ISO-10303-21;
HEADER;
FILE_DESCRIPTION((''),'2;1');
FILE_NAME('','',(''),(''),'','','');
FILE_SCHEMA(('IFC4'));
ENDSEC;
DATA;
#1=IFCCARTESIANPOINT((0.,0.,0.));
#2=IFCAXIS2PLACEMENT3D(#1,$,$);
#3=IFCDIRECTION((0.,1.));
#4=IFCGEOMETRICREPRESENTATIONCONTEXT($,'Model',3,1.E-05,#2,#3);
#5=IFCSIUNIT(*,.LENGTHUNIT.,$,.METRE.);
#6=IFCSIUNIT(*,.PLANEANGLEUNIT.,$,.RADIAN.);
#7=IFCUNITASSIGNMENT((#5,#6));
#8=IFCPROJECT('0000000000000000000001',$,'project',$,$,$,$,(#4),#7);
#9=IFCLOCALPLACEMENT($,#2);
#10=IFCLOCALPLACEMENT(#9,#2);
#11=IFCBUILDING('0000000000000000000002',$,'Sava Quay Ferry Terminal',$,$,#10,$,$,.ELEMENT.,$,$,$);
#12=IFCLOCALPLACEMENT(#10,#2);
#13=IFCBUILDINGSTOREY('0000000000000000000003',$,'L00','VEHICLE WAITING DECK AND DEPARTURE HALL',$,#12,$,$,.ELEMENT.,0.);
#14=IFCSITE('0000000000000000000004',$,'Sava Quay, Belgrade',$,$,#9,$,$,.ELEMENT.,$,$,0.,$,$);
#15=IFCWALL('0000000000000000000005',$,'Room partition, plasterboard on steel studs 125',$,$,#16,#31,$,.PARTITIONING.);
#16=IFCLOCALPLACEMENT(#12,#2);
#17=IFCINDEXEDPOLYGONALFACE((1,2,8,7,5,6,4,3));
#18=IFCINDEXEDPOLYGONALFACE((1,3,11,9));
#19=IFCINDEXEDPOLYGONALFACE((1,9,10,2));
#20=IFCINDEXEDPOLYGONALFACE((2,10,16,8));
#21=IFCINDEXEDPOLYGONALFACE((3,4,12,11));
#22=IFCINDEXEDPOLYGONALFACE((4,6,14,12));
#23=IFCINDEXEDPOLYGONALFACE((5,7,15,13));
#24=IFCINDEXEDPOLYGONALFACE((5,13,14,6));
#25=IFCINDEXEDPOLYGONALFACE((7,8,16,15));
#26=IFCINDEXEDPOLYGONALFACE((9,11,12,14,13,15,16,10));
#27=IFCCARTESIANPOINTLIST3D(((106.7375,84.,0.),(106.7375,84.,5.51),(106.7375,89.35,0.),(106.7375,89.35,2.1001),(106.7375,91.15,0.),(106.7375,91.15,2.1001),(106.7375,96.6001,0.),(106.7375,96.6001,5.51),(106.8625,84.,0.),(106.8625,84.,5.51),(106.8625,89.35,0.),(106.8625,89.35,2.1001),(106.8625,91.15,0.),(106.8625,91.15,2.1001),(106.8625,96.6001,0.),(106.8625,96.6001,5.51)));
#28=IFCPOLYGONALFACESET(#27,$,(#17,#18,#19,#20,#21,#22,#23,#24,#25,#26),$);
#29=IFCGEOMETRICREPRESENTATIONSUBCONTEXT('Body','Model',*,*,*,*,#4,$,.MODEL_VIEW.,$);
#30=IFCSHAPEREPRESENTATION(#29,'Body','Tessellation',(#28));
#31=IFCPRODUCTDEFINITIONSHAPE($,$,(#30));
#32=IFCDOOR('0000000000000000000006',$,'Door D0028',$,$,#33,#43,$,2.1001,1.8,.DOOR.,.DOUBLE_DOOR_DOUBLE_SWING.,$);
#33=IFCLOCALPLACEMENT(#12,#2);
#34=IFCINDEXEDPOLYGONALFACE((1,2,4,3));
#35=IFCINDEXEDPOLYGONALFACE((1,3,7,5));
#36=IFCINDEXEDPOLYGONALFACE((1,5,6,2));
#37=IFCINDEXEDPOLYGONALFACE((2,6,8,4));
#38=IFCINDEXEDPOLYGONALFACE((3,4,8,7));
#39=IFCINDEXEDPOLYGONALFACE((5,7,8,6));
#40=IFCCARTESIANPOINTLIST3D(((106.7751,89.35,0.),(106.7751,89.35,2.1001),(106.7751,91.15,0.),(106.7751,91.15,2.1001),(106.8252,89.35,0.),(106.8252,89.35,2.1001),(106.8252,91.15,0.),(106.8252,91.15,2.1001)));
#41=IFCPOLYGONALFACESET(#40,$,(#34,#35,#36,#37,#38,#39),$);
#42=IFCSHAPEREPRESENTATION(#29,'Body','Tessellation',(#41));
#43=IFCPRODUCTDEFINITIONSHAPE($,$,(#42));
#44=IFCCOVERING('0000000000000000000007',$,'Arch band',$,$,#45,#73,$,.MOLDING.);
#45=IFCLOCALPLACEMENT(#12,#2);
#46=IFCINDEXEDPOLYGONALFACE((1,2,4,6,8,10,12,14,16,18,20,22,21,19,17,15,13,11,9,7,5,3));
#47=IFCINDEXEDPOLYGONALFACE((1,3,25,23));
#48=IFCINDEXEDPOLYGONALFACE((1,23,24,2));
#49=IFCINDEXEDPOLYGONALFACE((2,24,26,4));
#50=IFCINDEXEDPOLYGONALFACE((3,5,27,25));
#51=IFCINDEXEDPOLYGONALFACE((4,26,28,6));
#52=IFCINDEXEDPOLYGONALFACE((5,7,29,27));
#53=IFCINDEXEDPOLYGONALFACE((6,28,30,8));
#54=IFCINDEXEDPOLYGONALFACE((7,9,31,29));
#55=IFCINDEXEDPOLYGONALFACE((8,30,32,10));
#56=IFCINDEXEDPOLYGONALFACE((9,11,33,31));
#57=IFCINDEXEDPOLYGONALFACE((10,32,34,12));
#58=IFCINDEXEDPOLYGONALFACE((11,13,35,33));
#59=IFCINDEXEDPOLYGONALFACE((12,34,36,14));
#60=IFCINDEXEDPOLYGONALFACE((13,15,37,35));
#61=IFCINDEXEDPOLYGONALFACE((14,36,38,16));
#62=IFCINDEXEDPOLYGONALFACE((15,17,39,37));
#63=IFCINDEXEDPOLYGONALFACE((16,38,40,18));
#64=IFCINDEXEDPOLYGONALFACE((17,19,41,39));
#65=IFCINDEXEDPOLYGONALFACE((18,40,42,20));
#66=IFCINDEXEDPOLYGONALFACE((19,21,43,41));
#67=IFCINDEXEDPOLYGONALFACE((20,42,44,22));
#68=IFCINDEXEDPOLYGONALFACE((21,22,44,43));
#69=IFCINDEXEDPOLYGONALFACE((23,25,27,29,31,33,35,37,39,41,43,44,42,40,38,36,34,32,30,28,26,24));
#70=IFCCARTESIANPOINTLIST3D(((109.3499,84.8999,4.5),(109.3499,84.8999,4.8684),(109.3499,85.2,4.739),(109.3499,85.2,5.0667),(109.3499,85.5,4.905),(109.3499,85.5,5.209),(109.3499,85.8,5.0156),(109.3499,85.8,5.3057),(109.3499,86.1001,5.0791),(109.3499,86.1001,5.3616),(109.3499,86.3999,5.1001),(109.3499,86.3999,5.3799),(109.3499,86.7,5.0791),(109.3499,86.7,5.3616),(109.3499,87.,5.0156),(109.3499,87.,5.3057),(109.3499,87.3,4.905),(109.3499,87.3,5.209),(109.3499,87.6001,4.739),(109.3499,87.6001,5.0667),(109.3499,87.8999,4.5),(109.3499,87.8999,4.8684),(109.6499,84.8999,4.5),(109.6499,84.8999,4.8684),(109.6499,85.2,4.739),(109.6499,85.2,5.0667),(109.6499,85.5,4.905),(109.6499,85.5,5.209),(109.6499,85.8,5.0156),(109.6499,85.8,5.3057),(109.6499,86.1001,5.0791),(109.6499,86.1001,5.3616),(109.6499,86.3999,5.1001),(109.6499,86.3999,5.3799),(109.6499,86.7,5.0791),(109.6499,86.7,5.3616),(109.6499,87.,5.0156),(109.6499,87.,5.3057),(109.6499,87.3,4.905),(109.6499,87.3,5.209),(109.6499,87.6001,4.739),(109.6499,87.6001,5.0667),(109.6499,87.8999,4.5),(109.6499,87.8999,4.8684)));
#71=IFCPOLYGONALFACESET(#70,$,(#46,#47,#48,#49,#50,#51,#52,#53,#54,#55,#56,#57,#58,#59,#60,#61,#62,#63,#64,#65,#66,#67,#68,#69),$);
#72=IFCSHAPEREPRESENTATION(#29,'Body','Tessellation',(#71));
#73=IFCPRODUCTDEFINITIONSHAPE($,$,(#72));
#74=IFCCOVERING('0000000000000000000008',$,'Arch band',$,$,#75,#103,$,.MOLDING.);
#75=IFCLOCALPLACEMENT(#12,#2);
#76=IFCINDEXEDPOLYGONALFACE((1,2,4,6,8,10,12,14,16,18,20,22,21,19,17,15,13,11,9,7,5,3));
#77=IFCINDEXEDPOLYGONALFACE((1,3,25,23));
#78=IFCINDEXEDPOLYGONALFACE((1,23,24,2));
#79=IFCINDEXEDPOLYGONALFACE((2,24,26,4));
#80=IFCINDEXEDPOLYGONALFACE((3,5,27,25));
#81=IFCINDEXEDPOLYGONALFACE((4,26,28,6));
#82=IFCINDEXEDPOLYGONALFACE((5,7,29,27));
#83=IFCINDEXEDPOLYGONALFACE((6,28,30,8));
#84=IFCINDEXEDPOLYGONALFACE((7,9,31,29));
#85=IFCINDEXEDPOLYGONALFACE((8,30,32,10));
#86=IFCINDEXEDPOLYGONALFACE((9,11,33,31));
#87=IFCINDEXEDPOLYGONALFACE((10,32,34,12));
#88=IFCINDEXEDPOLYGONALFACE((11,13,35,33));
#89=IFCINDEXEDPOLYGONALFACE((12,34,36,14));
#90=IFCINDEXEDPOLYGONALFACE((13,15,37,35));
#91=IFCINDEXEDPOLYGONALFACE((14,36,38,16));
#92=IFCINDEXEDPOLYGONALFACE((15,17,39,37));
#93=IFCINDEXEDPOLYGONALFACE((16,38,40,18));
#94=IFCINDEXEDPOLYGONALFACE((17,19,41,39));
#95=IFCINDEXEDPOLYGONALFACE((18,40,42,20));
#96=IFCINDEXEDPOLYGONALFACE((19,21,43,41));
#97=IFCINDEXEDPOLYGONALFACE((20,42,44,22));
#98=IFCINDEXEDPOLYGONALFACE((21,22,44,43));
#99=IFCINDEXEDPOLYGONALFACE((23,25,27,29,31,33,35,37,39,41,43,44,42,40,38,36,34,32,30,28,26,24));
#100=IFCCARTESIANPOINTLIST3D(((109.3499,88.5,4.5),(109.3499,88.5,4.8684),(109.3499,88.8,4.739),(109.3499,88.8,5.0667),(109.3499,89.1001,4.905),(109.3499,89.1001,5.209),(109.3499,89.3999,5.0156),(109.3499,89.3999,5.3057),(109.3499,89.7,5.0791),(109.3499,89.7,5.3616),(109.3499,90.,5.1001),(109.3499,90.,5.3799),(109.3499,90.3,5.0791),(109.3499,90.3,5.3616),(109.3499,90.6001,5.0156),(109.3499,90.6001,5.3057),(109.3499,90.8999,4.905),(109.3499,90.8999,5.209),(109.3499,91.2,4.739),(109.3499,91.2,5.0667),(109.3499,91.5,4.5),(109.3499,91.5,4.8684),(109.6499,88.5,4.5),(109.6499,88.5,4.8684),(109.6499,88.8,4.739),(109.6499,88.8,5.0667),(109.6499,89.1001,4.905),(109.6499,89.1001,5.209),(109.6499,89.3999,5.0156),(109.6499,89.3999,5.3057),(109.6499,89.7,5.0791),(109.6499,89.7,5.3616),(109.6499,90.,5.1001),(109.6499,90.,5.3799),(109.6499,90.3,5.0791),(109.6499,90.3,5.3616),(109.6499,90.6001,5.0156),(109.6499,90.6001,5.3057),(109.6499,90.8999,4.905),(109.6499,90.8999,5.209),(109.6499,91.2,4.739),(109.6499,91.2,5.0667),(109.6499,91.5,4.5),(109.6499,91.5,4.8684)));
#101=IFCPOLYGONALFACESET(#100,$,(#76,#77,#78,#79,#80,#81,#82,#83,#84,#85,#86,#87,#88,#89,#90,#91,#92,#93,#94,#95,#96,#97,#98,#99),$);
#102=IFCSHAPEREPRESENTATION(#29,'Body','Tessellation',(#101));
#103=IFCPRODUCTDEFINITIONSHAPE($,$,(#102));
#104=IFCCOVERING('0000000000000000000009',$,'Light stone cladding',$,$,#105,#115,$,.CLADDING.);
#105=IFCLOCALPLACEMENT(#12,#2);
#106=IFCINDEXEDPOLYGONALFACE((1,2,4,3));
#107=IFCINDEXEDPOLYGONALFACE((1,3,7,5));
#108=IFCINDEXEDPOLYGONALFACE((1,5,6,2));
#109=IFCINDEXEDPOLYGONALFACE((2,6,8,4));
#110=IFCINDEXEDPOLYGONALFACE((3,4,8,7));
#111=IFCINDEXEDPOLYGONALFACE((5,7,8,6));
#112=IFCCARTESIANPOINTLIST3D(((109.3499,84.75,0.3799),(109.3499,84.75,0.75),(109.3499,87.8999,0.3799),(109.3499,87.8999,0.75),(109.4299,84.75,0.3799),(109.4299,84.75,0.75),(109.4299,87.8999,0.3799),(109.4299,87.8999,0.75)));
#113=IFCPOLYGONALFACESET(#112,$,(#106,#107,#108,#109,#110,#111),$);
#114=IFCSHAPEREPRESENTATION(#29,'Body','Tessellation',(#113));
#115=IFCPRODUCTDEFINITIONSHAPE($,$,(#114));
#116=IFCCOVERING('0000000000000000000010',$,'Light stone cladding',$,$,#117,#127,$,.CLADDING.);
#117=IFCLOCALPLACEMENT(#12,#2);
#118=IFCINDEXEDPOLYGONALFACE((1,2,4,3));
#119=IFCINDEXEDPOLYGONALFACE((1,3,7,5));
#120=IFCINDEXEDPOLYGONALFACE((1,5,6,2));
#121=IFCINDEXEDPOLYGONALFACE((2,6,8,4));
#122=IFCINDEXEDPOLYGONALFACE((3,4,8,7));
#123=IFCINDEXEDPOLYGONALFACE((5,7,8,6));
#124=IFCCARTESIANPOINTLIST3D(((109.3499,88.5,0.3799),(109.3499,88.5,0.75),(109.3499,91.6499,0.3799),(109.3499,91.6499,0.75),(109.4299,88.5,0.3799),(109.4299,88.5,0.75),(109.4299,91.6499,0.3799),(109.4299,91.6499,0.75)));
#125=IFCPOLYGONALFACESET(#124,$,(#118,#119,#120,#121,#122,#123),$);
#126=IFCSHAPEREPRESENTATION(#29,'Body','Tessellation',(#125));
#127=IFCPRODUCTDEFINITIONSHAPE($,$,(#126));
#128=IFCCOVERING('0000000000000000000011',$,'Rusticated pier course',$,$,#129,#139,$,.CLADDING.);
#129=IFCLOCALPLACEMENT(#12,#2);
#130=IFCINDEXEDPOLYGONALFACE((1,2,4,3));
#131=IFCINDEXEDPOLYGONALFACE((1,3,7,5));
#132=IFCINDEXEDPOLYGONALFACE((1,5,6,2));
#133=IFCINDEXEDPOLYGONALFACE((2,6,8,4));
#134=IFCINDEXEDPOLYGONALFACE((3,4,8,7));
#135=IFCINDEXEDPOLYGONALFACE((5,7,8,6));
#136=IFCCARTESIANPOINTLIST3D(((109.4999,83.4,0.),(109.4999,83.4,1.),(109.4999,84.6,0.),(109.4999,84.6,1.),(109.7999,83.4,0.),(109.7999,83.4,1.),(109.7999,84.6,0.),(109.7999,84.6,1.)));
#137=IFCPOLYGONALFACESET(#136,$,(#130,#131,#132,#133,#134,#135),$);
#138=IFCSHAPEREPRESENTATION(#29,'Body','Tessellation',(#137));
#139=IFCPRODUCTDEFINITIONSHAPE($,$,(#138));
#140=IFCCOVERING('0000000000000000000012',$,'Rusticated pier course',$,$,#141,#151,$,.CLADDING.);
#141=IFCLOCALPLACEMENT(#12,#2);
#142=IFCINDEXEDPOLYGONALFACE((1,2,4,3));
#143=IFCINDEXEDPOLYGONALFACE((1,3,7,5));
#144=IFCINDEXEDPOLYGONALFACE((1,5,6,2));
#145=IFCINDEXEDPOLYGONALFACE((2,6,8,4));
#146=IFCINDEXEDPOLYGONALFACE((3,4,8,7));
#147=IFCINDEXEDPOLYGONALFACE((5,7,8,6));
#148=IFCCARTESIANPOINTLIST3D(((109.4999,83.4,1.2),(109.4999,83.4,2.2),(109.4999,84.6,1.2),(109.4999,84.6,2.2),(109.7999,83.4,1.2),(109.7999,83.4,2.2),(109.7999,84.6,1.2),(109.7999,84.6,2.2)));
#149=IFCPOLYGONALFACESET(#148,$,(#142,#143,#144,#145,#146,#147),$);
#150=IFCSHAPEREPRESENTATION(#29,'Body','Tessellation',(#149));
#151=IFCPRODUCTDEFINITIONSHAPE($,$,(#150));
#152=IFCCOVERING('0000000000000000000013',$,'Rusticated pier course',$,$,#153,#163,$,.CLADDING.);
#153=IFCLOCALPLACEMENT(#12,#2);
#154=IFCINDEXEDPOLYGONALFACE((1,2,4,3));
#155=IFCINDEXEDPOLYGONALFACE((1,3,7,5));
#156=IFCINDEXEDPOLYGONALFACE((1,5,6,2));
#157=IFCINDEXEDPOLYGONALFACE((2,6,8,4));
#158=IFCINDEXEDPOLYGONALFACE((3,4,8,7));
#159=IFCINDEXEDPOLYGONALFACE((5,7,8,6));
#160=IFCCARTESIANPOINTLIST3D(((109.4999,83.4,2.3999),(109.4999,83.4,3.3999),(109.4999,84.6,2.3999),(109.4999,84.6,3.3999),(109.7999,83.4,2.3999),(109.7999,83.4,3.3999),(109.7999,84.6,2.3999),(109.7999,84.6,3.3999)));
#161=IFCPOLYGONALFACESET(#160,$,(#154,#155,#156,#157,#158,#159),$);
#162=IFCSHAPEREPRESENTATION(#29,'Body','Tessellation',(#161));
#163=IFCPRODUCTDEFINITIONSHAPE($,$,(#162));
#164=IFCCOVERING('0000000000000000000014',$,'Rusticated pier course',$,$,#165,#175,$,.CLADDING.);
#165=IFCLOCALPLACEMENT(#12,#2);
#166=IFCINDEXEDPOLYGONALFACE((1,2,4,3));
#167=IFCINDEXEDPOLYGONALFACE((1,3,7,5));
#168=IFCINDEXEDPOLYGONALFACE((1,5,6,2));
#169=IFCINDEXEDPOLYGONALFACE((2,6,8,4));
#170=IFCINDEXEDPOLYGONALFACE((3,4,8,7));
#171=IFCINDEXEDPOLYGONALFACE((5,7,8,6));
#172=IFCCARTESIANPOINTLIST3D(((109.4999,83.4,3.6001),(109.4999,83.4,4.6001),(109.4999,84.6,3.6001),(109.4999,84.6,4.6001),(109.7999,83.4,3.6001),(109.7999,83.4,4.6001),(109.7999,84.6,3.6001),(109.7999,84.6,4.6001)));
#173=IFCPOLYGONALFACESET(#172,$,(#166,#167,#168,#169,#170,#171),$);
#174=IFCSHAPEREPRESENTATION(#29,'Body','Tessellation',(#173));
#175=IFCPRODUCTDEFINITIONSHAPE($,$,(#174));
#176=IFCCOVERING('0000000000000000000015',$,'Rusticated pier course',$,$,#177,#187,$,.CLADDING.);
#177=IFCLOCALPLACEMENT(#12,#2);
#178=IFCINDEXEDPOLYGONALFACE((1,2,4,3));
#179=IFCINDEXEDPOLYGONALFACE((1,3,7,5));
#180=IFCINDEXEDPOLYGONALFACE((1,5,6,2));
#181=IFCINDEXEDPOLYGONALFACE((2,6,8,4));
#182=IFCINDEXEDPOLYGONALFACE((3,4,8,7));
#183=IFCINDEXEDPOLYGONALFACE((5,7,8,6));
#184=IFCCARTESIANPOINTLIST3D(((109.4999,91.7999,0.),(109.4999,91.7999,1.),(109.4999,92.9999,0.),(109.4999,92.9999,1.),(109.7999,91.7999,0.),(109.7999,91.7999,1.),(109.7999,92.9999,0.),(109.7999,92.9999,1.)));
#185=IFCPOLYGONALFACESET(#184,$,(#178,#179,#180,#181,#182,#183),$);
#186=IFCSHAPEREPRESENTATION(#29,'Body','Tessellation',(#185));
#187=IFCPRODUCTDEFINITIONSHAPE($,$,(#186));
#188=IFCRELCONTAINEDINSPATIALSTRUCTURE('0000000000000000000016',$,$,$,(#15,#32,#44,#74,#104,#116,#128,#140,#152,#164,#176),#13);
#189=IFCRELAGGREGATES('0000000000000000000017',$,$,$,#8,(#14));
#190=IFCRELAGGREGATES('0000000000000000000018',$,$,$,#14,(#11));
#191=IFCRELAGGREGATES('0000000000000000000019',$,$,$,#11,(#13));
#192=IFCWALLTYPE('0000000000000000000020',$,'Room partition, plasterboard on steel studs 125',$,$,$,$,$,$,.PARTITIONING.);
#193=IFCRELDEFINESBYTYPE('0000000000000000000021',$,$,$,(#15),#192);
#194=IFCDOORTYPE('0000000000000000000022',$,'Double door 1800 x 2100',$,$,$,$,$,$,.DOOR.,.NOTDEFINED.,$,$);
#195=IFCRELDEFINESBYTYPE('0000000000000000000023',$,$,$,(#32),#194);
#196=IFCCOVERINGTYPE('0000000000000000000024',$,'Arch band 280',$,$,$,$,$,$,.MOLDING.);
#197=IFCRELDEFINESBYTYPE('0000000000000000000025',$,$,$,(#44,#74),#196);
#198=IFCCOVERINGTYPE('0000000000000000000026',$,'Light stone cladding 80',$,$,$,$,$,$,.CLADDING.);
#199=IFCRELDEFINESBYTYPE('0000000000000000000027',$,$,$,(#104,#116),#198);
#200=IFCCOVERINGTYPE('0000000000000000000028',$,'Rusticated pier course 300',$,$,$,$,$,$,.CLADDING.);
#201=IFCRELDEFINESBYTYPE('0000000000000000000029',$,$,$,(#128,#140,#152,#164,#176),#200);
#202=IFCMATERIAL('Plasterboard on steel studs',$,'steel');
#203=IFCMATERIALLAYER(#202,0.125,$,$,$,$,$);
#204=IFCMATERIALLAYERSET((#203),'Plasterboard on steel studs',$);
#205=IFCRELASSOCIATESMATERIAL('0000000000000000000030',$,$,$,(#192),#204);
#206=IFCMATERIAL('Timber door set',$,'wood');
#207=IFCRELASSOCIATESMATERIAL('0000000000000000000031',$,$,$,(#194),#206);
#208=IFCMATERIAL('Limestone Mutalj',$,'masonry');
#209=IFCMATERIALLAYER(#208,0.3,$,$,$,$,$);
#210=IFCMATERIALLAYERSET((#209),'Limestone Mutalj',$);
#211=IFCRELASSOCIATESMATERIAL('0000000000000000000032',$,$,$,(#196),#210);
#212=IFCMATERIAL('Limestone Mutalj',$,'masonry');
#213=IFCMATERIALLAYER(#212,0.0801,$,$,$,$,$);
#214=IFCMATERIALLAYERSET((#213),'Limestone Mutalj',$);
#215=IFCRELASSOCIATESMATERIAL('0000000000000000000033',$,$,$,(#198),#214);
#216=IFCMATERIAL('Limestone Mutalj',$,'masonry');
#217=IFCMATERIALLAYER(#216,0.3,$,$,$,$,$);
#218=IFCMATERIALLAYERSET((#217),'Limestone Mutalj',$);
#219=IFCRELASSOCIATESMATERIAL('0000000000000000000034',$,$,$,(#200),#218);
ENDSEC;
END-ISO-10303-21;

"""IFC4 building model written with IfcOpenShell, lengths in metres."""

from ifc_helpers import new_model, si_unit, direction, frame, frame_2d, origin, origin_2d, place, context, subcontext, project, spatial, polyline, rectangle, outline, extrude, material, layer, layer_set, type_object, element, fill, save


model = new_model("IFC4")

# Units and contexts
model_context = context("Model", 3, precision=1e-05, world=origin(), true_north=direction((0.0, 1.0)))
body_context = subcontext(model_context, "Body", "Model", "MODEL_VIEW")
ifc_project = project(units=[si_unit("LENGTHUNIT", "METRE"), si_unit("PLANEANGLEUNIT", "RADIAN")], contexts=[model_context])

# Site, building, storey
site_placement = place(None, origin())
site = spatial("IfcSite", under=ifc_project, at=site_placement, Name="Sava Quay, Belgrade", CompositionType="ELEMENT", RefElevation=0.0)
building_placement = place(site_placement, origin())
building = spatial("IfcBuilding", under=site, at=building_placement, Name="Sava Quay Ferry Terminal", CompositionType="ELEMENT")
storey_placement = place(building_placement, origin())
storey = spatial("IfcBuildingStorey", under=building, at=storey_placement, Name="L00", Description="VEHICLE WAITING DECK AND DEPARTURE HALL", CompositionType="ELEMENT", Elevation=0.0)

# Shared definitions
ifc_material_1 = material(Name="Plasterboard on steel studs", Category="steel")
ifc_layer_1 = layer(ifc_material_1, 0.125)
ifc_layer_set_1 = layer_set([ifc_layer_1], Name="Plasterboard on steel studs")
wall_type_1 = type_object("IfcWallType", Name="Room partition, plasterboard on steel studs 125", PredefinedType="PARTITIONING", material=ifc_layer_set_1)

# Wall, opening, door
wall_1_placement = place(storey_placement, frame((106.8, 84.0, 0.0), z_axis=(0.0, 0.0, 1.0), x_axis=(0.0, 1.0, 0.0)))
wall_1 = element("IfcWall", 1, at=wall_1_placement, inside=storey, type_object=wall_type_1, Name="Room partition, plasterboard on steel studs 125", PredefinedType="PARTITIONING", context=body_context, shape_type="SweptSolid", body=[
    extrude(rectangle(XDim=12.6001, YDim=0.125, at=frame_2d((6.3, 0.0))), origin(), (0.0, 0.0, 1.0), 5.51),
])
opening_1_placement = place(wall_1_placement, frame((5.3501, 0.0, 0.0)))
opening_1 = element("IfcOpeningElement", 2, at=opening_1_placement, cuts=wall_1, PredefinedType="OPENING", context=body_context, shape_type="SweptSolid", body=[
    extrude(rectangle(XDim=1.8, YDim=2.1001, at=frame_2d((0.8999, 1.05))), frame((0.0, 0.0625, 0.0), z_axis=(0.0, -1.0, 0.0), x_axis=(1.0, 0.0, 0.0)), (0.0, 0.0, 1.0), 0.125),
])
ifc_material_2 = material(Name="Timber door set", Category="wood")
door_type = type_object("IfcDoorType", Name="Double door 1800 x 2100", OperationType="NOTDEFINED", PredefinedType="DOOR", material=ifc_material_2)
door_placement = place(opening_1_placement, origin())
door = element("IfcDoor", 3, at=door_placement, inside=storey, type_object=door_type, Name="Door D0028", OperationType="DOUBLE_DOOR_DOUBLE_SWING", OverallHeight=2.1001, OverallWidth=1.8, PredefinedType="DOOR", context=body_context, shape_type="SweptSolid", body=[
    extrude(rectangle(XDim=1.8, YDim=2.1001, at=frame_2d((0.8999, 1.05))), frame((0.0, 0.0249, 0.0), z_axis=(0.0, -1.0, 0.0), x_axis=(1.0, 0.0, 0.0)), (0.0, 0.0, 1.0), 0.05),
])
fill(opening_1, door)

# Coverings
ifc_material_3 = material(Name="Limestone Mutalj", Category="masonry")
ifc_layer_2 = layer(ifc_material_3, 0.3)
ifc_layer_set_2 = layer_set([ifc_layer_2], Name="Limestone Mutalj")
covering_type_1 = type_object("IfcCoveringType", Name="Arch band 280", PredefinedType="MOLDING", material=ifc_layer_set_2)
covering_1_placement = place(storey_placement, frame((109.6499, 84.8999, 4.5), z_axis=(1.0, 0.0, 0.0), x_axis=(0.0, 0.782171, 0.623064)))
element("IfcCovering", 4, at=covering_1_placement, inside=storey, type_object=covering_type_1, Name="Arch band", PredefinedType="MOLDING", context=body_context, shape_type="SweptSolid", body=[
    extrude(outline(polyline([(0.0, 0.0), (0.3836, 0.0), (0.7217, -0.0571), (1.0253, -0.1575), (1.2996, -0.2948), (1.5472, -0.4652), (1.7688, -0.6686), (1.9639, -0.9052), (2.1297, -1.1786), (2.2609, -1.4954), (2.3465, -1.8692), (2.5761, -1.581), (2.4651, -1.2392), (2.3191, -0.9409), (2.1446, -0.6783), (1.9448, -0.4476), (1.7215, -0.2464), (1.4756, -0.0739), (1.206, 0.0693), (0.9111, 0.1806), (0.5877, 0.2563), (0.2295, 0.2882), (0.0, 0.0)])), origin(), (0.0, 0.0, -1.0), 0.3),
])
covering_2_placement = place(storey_placement, frame((109.6499, 88.5, 4.5), z_axis=(1.0, 0.0, 0.0), x_axis=(0.0, 0.782171, 0.623064)))
element("IfcCovering", 5, at=covering_2_placement, inside=storey, type_object=covering_type_1, Name="Arch band", PredefinedType="MOLDING", context=body_context, shape_type="SweptSolid", body=[
    extrude(outline(polyline([(0.0, 0.0), (0.3836, 0.0), (0.7217, -0.0571), (1.0251, -0.1574), (1.2994, -0.2947), (1.5472, -0.4652), (1.7688, -0.6686), (1.9639, -0.9052), (2.1295, -1.1785), (2.2607, -1.4953), (2.3465, -1.8692), (2.5761, -1.581), (2.4649, -1.239), (2.3189, -0.9407), (2.1446, -0.6783), (1.9448, -0.4476), (1.7215, -0.2464), (1.4754, -0.0737), (1.2059, 0.0695), (0.9111, 0.1806), (0.5877, 0.2563), (0.2295, 0.2882), (0.0, 0.0)])), origin(), (0.0, 0.0, -1.0), 0.3),
])
ifc_material_4 = material(Name="Limestone Mutalj", Category="masonry")
ifc_layer_3 = layer(ifc_material_4, 0.0801)
ifc_layer_set_3 = layer_set([ifc_layer_3], Name="Limestone Mutalj")
covering_type_2 = type_object("IfcCoveringType", Name="Light stone cladding 80", PredefinedType="CLADDING", material=ifc_layer_set_3)
for number, where, z_axis, x_axis, name in (
    (6, (109.3899, 86.325, 0.3799), (0.0, 0.0, 1.0), (1.0, 0.0, 0.0), "Light stone cladding"),
    (7, (109.3899, 90.075, 0.3799), (0.0, 0.0, 1.0), (1.0, 0.0, 0.0), "Light stone cladding"),
):
    element("IfcCovering", number, at=place(storey_placement, frame(where, z_axis=z_axis, x_axis=x_axis)), inside=storey, type_object=covering_type_2, Name=name, PredefinedType="CLADDING", context=body_context, shape_type="SweptSolid", body=[
        extrude(rectangle(XDim=0.0801, YDim=3.1499, at=origin_2d()), origin(), (0.0, 0.0, 1.0), 0.3701),
    ])
ifc_material_5 = material(Name="Limestone Mutalj", Category="masonry")
ifc_layer_4 = layer(ifc_material_5, 0.3)
ifc_layer_set_4 = layer_set([ifc_layer_4], Name="Limestone Mutalj")
covering_type_3 = type_object("IfcCoveringType", Name="Rusticated pier course 300", PredefinedType="CLADDING", material=ifc_layer_set_4)
for number, where, z_axis, x_axis, name in (
    (8, (109.6499, 84.0, 0.0), (0.0, 0.0, 1.0), (1.0, 0.0, 0.0), "Rusticated pier course"),
    (9, (109.6499, 84.0, 1.2), (0.0, 0.0, 1.0), (1.0, 0.0, 0.0), "Rusticated pier course"),
    (10, (109.6499, 84.0, 2.3999), (0.0, 0.0, 1.0), (1.0, 0.0, 0.0), "Rusticated pier course"),
    (11, (109.6499, 84.0, 3.6001), (0.0, 0.0, 1.0), (1.0, 0.0, 0.0), "Rusticated pier course"),
    (12, (109.6499, 92.3999, 0.0), (0.0, 0.0, 1.0), (1.0, 0.0, 0.0), "Rusticated pier course"),
):
    element("IfcCovering", number, at=place(storey_placement, frame(where, z_axis=z_axis, x_axis=x_axis)), inside=storey, type_object=covering_type_3, Name=name, PredefinedType="CLADDING", context=body_context, shape_type="SweptSolid", body=[
        extrude(rectangle(XDim=0.3, YDim=1.2, at=origin_2d()), origin(), (0.0, 0.0, 1.0), 1.0),
    ])

save(model, "model.ifc")
